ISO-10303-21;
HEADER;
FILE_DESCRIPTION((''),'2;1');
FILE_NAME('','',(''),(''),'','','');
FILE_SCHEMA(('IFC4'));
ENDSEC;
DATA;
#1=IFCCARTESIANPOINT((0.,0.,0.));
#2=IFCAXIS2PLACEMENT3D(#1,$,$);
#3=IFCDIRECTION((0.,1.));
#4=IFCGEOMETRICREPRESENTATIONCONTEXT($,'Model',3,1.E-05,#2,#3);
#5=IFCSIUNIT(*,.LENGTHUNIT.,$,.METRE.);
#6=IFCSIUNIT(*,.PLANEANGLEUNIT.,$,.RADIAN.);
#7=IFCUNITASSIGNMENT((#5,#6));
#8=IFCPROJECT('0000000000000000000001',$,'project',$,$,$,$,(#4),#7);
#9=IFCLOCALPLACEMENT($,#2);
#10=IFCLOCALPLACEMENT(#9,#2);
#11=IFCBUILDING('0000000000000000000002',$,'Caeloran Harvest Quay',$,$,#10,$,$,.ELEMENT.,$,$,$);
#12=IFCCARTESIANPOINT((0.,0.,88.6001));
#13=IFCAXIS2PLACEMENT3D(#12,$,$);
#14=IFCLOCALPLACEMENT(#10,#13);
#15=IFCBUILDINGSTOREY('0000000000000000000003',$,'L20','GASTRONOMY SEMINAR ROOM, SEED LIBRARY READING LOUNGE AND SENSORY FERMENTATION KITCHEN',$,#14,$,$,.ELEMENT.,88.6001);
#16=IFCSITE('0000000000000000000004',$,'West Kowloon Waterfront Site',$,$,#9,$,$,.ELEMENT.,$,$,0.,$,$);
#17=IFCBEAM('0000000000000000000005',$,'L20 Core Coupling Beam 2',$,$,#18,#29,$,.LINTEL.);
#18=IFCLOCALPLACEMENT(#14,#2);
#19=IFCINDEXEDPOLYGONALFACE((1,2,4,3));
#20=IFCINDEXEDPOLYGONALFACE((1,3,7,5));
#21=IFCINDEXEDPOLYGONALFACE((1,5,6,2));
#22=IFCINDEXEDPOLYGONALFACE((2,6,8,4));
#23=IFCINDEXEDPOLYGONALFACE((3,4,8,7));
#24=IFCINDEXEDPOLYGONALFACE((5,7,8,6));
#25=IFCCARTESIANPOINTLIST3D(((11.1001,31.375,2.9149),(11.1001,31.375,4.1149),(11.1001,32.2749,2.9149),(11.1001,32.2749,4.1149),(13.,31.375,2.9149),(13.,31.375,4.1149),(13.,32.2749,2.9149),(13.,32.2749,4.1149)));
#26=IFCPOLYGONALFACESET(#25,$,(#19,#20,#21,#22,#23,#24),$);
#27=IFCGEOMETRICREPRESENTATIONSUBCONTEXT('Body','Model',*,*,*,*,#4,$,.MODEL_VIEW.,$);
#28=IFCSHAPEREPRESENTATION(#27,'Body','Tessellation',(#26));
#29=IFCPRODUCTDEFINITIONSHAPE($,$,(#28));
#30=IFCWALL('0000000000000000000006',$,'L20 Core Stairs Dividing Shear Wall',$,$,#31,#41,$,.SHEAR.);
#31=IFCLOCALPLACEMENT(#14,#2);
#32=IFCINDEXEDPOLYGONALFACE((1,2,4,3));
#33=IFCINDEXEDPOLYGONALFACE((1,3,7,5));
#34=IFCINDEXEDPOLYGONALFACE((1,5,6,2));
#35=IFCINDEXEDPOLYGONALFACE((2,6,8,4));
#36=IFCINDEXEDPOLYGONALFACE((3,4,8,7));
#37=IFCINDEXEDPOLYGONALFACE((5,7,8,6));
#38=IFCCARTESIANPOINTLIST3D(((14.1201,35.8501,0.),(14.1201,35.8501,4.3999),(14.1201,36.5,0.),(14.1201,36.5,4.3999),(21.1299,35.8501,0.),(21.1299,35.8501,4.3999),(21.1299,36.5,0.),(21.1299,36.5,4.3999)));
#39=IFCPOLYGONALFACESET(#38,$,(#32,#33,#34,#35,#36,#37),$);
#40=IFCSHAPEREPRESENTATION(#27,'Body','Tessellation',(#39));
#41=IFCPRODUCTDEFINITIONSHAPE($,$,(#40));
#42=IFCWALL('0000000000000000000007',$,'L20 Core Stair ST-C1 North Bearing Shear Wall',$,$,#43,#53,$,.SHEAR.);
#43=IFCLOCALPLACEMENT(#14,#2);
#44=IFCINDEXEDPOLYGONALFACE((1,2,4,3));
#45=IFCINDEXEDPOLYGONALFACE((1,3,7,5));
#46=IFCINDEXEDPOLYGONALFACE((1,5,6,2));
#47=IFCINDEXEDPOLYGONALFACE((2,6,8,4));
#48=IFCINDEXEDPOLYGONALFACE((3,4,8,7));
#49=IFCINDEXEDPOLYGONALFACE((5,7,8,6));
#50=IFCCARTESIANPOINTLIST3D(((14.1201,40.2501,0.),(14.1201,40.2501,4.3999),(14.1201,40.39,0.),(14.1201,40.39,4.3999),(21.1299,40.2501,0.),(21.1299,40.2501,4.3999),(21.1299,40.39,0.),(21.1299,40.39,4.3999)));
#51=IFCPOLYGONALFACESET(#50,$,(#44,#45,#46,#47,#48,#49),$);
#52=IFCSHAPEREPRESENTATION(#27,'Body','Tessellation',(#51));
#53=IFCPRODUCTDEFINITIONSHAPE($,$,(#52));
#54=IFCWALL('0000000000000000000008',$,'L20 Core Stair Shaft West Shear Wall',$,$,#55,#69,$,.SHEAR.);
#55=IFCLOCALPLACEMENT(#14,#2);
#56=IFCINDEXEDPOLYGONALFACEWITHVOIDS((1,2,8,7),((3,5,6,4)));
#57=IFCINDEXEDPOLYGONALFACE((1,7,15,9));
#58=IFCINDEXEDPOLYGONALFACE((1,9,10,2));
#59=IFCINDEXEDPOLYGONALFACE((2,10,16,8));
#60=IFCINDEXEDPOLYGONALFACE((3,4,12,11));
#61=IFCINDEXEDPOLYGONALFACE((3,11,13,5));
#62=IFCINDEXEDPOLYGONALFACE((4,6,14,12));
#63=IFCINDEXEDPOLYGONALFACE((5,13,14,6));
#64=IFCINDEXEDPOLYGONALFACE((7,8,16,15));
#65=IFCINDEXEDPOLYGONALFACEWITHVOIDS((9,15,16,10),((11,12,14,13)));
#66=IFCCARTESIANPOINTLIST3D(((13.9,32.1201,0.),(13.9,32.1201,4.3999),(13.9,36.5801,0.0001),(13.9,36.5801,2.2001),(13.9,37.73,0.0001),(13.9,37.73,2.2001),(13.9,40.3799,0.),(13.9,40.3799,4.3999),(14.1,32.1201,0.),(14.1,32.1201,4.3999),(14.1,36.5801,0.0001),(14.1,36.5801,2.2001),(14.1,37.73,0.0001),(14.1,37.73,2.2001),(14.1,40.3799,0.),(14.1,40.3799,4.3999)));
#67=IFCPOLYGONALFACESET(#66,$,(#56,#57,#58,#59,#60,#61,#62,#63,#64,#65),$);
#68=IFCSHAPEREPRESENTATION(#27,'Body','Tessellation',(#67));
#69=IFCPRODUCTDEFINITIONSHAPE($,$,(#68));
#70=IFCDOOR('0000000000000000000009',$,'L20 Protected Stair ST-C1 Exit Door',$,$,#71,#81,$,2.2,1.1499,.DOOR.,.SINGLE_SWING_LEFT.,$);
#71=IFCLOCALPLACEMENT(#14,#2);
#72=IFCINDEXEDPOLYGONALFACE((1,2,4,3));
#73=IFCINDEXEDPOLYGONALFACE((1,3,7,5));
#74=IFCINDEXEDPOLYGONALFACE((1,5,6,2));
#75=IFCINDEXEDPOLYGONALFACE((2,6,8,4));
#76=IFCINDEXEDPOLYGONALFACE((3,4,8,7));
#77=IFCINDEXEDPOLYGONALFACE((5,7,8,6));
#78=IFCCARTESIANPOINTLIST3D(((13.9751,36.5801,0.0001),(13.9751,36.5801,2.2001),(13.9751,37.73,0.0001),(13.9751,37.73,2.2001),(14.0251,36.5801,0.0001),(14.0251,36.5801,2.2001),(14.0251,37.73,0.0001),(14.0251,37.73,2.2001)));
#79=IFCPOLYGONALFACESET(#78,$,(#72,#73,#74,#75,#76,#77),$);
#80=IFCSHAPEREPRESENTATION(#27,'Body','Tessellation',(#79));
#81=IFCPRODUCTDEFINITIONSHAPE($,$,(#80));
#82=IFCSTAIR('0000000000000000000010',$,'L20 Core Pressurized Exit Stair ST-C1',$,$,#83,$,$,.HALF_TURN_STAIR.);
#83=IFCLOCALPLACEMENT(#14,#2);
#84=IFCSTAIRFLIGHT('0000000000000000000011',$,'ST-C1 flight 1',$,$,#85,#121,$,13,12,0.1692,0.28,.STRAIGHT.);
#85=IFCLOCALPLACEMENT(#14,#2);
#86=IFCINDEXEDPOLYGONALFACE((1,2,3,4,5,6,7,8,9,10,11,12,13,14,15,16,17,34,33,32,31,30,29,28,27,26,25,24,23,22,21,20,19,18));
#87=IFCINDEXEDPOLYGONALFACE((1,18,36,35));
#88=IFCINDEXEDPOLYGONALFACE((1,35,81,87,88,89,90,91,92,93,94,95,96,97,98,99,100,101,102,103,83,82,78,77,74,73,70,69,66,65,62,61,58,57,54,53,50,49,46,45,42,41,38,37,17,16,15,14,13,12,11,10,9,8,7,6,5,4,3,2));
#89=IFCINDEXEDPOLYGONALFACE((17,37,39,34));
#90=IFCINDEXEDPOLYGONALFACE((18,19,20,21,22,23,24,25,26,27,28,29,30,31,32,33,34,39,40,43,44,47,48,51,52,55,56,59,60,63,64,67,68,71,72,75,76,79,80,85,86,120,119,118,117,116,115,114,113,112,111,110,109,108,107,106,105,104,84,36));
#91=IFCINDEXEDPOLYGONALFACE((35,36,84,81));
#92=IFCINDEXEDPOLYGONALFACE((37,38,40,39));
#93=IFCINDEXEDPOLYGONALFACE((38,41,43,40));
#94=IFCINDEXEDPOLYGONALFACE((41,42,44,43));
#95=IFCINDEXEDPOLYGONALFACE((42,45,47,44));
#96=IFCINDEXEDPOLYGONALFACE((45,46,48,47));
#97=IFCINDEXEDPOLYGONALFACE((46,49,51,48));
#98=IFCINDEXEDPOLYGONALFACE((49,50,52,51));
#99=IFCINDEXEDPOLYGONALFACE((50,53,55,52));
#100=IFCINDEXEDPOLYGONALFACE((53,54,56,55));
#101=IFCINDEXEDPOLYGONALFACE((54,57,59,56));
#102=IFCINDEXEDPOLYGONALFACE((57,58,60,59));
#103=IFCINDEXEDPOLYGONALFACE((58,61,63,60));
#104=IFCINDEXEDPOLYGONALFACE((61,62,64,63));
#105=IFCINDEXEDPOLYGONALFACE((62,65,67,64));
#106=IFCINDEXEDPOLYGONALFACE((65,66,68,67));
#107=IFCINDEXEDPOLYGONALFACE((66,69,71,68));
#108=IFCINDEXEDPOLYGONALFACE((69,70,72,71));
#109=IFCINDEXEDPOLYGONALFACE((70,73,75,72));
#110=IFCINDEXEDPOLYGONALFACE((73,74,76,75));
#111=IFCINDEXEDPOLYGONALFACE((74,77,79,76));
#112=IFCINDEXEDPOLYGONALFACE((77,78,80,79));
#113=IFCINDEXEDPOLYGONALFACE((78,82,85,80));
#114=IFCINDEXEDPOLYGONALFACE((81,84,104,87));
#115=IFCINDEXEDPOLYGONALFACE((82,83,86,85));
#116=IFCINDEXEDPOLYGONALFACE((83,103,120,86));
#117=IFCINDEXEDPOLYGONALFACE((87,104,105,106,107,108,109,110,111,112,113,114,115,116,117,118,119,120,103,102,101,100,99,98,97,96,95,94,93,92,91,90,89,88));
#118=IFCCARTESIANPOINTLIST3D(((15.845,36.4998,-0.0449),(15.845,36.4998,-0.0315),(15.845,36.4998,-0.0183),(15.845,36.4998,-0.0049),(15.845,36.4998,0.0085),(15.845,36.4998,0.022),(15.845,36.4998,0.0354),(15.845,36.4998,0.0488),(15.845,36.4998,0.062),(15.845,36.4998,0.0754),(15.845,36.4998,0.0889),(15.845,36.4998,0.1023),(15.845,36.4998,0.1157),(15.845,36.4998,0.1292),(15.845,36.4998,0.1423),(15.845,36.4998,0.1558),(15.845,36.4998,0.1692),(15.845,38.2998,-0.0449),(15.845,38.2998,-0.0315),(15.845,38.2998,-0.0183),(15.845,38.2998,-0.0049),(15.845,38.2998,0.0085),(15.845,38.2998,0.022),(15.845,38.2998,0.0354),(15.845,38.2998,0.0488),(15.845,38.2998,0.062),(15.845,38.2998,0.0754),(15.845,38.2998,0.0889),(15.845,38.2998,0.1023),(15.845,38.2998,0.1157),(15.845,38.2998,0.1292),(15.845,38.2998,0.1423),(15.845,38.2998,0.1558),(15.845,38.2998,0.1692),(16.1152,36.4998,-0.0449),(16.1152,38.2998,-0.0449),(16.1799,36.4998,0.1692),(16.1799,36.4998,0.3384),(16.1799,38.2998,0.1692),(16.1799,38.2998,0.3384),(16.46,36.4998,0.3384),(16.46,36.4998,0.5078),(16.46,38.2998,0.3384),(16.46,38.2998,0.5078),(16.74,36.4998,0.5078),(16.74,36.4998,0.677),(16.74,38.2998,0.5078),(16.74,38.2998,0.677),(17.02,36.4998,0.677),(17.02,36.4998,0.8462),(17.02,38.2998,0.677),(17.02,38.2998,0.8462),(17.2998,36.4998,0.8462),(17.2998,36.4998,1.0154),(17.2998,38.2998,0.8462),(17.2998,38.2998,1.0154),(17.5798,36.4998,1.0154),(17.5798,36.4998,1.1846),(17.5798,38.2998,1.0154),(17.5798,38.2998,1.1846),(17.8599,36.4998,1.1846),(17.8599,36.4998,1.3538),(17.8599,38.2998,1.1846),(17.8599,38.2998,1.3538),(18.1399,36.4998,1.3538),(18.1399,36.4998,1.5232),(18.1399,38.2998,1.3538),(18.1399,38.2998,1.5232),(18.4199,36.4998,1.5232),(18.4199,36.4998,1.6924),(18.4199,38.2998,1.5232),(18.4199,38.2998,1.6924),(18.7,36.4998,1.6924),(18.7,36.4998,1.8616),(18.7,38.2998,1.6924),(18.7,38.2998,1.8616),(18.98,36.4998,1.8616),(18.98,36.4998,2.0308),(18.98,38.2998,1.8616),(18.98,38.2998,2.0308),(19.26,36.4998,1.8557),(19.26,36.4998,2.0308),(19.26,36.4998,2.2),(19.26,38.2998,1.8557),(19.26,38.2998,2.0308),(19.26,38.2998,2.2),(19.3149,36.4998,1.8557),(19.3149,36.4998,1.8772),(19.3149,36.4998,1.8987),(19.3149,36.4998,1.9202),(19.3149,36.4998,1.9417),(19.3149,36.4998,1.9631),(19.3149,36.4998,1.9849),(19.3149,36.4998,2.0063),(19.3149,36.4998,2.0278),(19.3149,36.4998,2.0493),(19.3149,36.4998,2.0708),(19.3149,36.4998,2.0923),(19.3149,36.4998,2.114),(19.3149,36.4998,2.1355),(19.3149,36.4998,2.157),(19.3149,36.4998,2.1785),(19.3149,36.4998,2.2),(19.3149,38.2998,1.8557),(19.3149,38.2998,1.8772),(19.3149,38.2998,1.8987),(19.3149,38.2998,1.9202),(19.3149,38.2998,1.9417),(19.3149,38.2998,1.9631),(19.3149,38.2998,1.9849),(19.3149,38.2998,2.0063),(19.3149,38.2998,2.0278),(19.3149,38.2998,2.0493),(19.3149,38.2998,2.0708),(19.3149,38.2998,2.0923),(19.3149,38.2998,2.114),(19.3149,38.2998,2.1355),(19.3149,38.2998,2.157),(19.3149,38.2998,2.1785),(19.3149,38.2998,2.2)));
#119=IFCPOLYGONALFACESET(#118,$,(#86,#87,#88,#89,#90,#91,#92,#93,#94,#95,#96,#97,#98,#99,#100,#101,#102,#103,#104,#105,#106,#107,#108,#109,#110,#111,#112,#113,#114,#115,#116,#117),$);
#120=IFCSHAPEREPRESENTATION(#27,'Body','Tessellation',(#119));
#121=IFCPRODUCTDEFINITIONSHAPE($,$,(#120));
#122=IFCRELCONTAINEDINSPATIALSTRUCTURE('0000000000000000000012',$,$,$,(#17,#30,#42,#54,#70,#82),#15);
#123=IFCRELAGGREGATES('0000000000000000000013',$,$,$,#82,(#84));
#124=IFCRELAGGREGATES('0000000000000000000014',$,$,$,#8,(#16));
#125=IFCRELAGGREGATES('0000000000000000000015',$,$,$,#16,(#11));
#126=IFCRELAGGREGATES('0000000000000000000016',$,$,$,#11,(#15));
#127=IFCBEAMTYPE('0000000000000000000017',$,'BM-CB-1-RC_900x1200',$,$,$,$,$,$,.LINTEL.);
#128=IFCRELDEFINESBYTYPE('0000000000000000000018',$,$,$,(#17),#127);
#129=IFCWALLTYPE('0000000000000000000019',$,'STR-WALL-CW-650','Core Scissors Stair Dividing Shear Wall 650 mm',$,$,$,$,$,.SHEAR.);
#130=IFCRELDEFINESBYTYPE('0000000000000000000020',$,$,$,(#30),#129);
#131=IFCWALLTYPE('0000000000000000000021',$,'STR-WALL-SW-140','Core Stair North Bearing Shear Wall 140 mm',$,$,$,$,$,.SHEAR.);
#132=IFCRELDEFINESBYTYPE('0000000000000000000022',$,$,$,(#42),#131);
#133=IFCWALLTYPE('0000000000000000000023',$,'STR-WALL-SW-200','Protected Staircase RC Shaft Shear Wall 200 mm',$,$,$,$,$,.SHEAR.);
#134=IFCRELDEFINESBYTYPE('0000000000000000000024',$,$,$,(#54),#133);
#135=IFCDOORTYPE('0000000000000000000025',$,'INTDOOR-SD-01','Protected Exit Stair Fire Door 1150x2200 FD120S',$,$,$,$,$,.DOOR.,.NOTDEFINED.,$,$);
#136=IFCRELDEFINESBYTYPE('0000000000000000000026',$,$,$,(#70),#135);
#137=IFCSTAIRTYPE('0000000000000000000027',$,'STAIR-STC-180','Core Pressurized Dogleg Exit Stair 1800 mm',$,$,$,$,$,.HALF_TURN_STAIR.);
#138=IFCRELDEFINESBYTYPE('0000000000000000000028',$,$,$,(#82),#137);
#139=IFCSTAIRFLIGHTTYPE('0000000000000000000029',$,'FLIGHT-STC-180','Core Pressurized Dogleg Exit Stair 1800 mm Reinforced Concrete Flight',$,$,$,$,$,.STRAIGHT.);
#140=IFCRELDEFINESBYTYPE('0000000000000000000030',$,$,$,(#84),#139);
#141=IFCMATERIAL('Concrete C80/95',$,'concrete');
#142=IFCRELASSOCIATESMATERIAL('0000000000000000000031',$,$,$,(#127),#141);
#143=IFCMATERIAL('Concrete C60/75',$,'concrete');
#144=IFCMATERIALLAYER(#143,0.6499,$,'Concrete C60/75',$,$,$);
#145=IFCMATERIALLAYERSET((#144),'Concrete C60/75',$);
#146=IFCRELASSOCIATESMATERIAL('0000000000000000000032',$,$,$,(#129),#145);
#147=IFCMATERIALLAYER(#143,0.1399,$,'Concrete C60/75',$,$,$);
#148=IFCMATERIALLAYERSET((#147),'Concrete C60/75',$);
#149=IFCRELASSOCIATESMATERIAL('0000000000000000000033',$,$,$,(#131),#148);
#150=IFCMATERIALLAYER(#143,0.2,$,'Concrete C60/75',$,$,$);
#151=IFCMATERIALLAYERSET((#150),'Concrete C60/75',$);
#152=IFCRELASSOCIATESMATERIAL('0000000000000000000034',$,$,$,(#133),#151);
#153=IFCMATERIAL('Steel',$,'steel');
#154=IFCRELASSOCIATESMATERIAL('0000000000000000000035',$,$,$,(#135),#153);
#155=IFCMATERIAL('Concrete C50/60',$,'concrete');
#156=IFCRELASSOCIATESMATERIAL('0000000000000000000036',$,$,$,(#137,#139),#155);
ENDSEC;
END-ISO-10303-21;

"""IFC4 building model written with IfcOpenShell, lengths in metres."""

from ifc_helpers import new_model, si_unit, direction, frame, frame_2d, origin, origin_2d, place, context, subcontext, project, spatial, polyline, rectangle, outline, extrude, material, layer, layer_set, material_profile, profile_set, type_object, element, fill, aggregate, save


model = new_model("IFC4")

# Units and contexts
model_context = context("Model", 3, precision=1e-05, world=origin(), true_north=direction((0.0, 1.0)))
body_context = subcontext(model_context, "Body", "Model", "MODEL_VIEW")
ifc_project = project(units=[si_unit("LENGTHUNIT", "METRE"), si_unit("PLANEANGLEUNIT", "RADIAN")], contexts=[model_context])

# Site, building, storey
site_placement = place(None, origin())
site = spatial("IfcSite", under=ifc_project, at=site_placement, Name="West Kowloon Waterfront Site", CompositionType="ELEMENT", RefElevation=0.0)
building_placement = place(site_placement, origin())
building = spatial("IfcBuilding", under=site, at=building_placement, Name="Caeloran Harvest Quay", CompositionType="ELEMENT")
storey_placement = place(building_placement, frame((0.0, 0.0, 88.6001)))
storey = spatial("IfcBuildingStorey", under=building, at=storey_placement, Name="L20", Description="GASTRONOMY SEMINAR ROOM, SEED LIBRARY READING LOUNGE AND SENSORY FERMENTATION KITCHEN", CompositionType="ELEMENT", Elevation=88.6001)

# Beam
ifc_material_1 = material(Name="Concrete C80/95", Category="concrete")
ifc_material_profile = material_profile(ifc_material_1, rectangle(XDim=0.8999, YDim=1.2, at=origin_2d()), Name="RC 900x1200")
ifc_profile_set = profile_set([ifc_material_profile], Name="Concrete C80/95")
beam_type = type_object("IfcBeamType", Name="BM-CB-1-RC_900x1200", PredefinedType="LINTEL", material=ifc_profile_set)
beam_placement = place(storey_placement, frame((11.1001, 31.825, 3.5149), z_axis=(1.0, 0.0, 0.0), x_axis=(0.0, 1.0, 0.0)))
element("IfcBeam", 1, at=beam_placement, inside=storey, type_object=beam_type, Name="L20 Core Coupling Beam 2", PredefinedType="LINTEL", context=body_context, shape_type="SweptSolid", body=[
    extrude(rectangle(XDim=0.8999, YDim=1.2, at=origin_2d()), origin(), (0.0, 0.0, 1.0), 1.8999),
])

# Walls
ifc_material_2 = material(Name="Concrete C60/75", Category="concrete")
ifc_layer_1 = layer(ifc_material_2, 0.6499, Name="Concrete C60/75")
ifc_layer_set_1 = layer_set([ifc_layer_1], Name="Concrete C60/75")
wall_type_1 = type_object("IfcWallType", Name="STR-WALL-CW-650", Description="Core Scissors Stair Dividing Shear Wall 650 mm", PredefinedType="SHEAR", material=ifc_layer_set_1)
wall_1_placement = place(storey_placement, frame((14.1201, 36.175, 0.0), z_axis=(0.0, 0.0, 1.0), x_axis=(1.0, 0.0, 0.0)))
element("IfcWall", 2, at=wall_1_placement, inside=storey, type_object=wall_type_1, Name="L20 Core Stairs Dividing Shear Wall", PredefinedType="SHEAR", context=body_context, shape_type="SweptSolid", body=[
    extrude(rectangle(XDim=7.0098, YDim=0.6499, at=frame_2d((3.5049, 0.0))), origin(), (0.0, 0.0, 1.0), 4.3999),
])
ifc_layer_2 = layer(ifc_material_2, 0.1399, Name="Concrete C60/75")
ifc_layer_set_2 = layer_set([ifc_layer_2], Name="Concrete C60/75")
wall_type_2 = type_object("IfcWallType", Name="STR-WALL-SW-140", Description="Core Stair North Bearing Shear Wall 140 mm", PredefinedType="SHEAR", material=ifc_layer_set_2)
wall_2_placement = place(storey_placement, frame((14.1201, 40.3201, 0.0), z_axis=(0.0, 0.0, 1.0), x_axis=(1.0, 0.0, 0.0)))
element("IfcWall", 3, at=wall_2_placement, inside=storey, type_object=wall_type_2, Name="L20 Core Stair ST-C1 North Bearing Shear Wall", PredefinedType="SHEAR", context=body_context, shape_type="SweptSolid", body=[
    extrude(rectangle(XDim=7.0098, YDim=0.1399, at=frame_2d((3.5049, 0.0))), origin(), (0.0, 0.0, 1.0), 4.3999),
])

# Wall, opening, door
ifc_layer_3 = layer(ifc_material_2, 0.2, Name="Concrete C60/75")
ifc_layer_set_3 = layer_set([ifc_layer_3], Name="Concrete C60/75")
wall_type_3 = type_object("IfcWallType", Name="STR-WALL-SW-200", Description="Protected Staircase RC Shaft Shear Wall 200 mm", PredefinedType="SHEAR", material=ifc_layer_set_3)
wall_3_placement = place(storey_placement, frame((14.0, 32.1201, 0.0), z_axis=(0.0, 0.0, 1.0), x_axis=(0.0, 1.0, 0.0)))
wall_3 = element("IfcWall", 4, at=wall_3_placement, inside=storey, type_object=wall_type_3, Name="L20 Core Stair Shaft West Shear Wall", PredefinedType="SHEAR", context=body_context, shape_type="SweptSolid", body=[
    extrude(rectangle(XDim=8.2598, YDim=0.2, at=frame_2d((4.1299, 0.0))), origin(), (0.0, 0.0, 1.0), 4.3999),
])
opening_placement = place(wall_3_placement, frame((4.46, 0.0, 0.0)))
opening = element("IfcOpeningElement", 5, at=opening_placement, cuts=wall_3, PredefinedType="OPENING", context=body_context, shape_type="SweptSolid", body=[
    extrude(rectangle(XDim=1.1499, YDim=2.2, at=frame_2d((0.575, 1.1001))), frame((0.0, 0.1099, 0.0), z_axis=(0.0, -1.0, 0.0), x_axis=(1.0, 0.0, 0.0)), (0.0, 0.0, 1.0), 0.22),
])
ifc_material_3 = material(Name="Steel", Category="steel")
door_type = type_object("IfcDoorType", Name="INTDOOR-SD-01", Description="Protected Exit Stair Fire Door 1150x2200 FD120S", OperationType="NOTDEFINED", PredefinedType="DOOR", material=ifc_material_3)
door_placement = place(opening_placement, origin())
door = element("IfcDoor", 6, at=door_placement, inside=storey, type_object=door_type, Name="L20 Protected Stair ST-C1 Exit Door", OperationType="SINGLE_SWING_LEFT", OverallHeight=2.2, OverallWidth=1.1499, PredefinedType="DOOR", context=body_context, shape_type="SweptSolid", body=[
    extrude(rectangle(XDim=1.1499, YDim=2.2, at=frame_2d((0.575, 1.1001))), frame((0.0, 0.0249, 0.0), z_axis=(0.0, -1.0, 0.0), x_axis=(1.0, 0.0, 0.0)), (0.0, 0.0, 1.0), 0.05),
])
fill(opening, door)

# Stair, stair flight
ifc_material_4 = material(Name="Concrete C50/60", Category="concrete")
stair_type = type_object("IfcStairType", Name="STAIR-STC-180", Description="Core Pressurized Dogleg Exit Stair 1800 mm", PredefinedType="HALF_TURN_STAIR", material=ifc_material_4)
stair_1_placement = place(storey_placement, origin())
stair_1 = element("IfcStair", 7, at=stair_1_placement, inside=storey, type_object=stair_type, Name="L20 Core Pressurized Exit Stair ST-C1", PredefinedType="HALF_TURN_STAIR")
stair_flight_type = type_object("IfcStairFlightType", Name="FLIGHT-STC-180", Description="Core Pressurized Dogleg Exit Stair 1800 mm Reinforced Concrete Flight", PredefinedType="STRAIGHT", material=ifc_material_4)
stair_flight_1_placement = place(storey_placement, frame((15.8999, 37.3999, 0.0), z_axis=(0.0, 0.0, 1.0), x_axis=(1.0, 0.0, 0.0)))
stair_flight_1 = element("IfcStairFlight", 8, at=stair_flight_1_placement, type_object=stair_flight_type, Name="ST-C1 flight 1", NumberOfRisers=13, NumberOfTreads=12, PredefinedType="STRAIGHT", RiserHeight=0.1692, TreadLength=0.28, context=body_context, shape_type="SweptSolid", body=[
    extrude(outline(polyline([(-0.0549, -0.0449), (-0.0549, -0.0315), (-0.0549, -0.0183), (-0.0549, -0.0049), (-0.0549, 0.0085), (-0.0549, 0.022), (-0.0549, 0.0354), (-0.0549, 0.0488), (-0.0549, 0.062), (-0.0549, 0.0754), (-0.0549, 0.0889), (-0.0549, 0.1023), (-0.0549, 0.1157), (-0.0549, 0.1292), (-0.0549, 0.1423), (-0.0549, 0.1558), (-0.0549, 0.1692), (0.28, 0.1692), (0.28, 0.3384), (0.5601, 0.3384), (0.5601, 0.5078), (0.8401, 0.5078), (0.8401, 0.677), (1.1201, 0.677), (1.1201, 0.8462), (1.3999, 0.8462), (1.3999, 1.0154), (1.6799, 1.0154), (1.6799, 1.1846), (1.96, 1.1846), (1.96, 1.3538), (2.24, 1.3538), (2.24, 1.5232), (2.52, 1.5232), (2.52, 1.6924), (2.8, 1.6924), (2.8, 1.8616), (3.0801, 1.8616), (3.0801, 2.0308), (3.3601, 2.0308), (3.3601, 2.2), (3.415, 2.2), (3.415, 2.1785), (3.415, 2.157), (3.415, 2.1355), (3.415, 2.114), (3.415, 2.0923), (3.415, 2.0708), (3.415, 2.0493), (3.415, 2.0278), (3.415, 2.0063), (3.415, 1.9849), (3.415, 1.9631), (3.415, 1.9417), (3.415, 1.9202), (3.415, 1.8987), (3.415, 1.8772), (3.415, 1.8557), (3.3601, 1.8557), (0.2153, -0.0449), (-0.0549, -0.0449)])), frame((0.0, 0.8999, 0.0), z_axis=(0.0, -1.0, 0.0), x_axis=(1.0, 0.0, 0.0)), (0.0, 0.0, 1.0), 1.8),
])
aggregate(stair_1, [stair_flight_1])

save(model, "model.ifc")
